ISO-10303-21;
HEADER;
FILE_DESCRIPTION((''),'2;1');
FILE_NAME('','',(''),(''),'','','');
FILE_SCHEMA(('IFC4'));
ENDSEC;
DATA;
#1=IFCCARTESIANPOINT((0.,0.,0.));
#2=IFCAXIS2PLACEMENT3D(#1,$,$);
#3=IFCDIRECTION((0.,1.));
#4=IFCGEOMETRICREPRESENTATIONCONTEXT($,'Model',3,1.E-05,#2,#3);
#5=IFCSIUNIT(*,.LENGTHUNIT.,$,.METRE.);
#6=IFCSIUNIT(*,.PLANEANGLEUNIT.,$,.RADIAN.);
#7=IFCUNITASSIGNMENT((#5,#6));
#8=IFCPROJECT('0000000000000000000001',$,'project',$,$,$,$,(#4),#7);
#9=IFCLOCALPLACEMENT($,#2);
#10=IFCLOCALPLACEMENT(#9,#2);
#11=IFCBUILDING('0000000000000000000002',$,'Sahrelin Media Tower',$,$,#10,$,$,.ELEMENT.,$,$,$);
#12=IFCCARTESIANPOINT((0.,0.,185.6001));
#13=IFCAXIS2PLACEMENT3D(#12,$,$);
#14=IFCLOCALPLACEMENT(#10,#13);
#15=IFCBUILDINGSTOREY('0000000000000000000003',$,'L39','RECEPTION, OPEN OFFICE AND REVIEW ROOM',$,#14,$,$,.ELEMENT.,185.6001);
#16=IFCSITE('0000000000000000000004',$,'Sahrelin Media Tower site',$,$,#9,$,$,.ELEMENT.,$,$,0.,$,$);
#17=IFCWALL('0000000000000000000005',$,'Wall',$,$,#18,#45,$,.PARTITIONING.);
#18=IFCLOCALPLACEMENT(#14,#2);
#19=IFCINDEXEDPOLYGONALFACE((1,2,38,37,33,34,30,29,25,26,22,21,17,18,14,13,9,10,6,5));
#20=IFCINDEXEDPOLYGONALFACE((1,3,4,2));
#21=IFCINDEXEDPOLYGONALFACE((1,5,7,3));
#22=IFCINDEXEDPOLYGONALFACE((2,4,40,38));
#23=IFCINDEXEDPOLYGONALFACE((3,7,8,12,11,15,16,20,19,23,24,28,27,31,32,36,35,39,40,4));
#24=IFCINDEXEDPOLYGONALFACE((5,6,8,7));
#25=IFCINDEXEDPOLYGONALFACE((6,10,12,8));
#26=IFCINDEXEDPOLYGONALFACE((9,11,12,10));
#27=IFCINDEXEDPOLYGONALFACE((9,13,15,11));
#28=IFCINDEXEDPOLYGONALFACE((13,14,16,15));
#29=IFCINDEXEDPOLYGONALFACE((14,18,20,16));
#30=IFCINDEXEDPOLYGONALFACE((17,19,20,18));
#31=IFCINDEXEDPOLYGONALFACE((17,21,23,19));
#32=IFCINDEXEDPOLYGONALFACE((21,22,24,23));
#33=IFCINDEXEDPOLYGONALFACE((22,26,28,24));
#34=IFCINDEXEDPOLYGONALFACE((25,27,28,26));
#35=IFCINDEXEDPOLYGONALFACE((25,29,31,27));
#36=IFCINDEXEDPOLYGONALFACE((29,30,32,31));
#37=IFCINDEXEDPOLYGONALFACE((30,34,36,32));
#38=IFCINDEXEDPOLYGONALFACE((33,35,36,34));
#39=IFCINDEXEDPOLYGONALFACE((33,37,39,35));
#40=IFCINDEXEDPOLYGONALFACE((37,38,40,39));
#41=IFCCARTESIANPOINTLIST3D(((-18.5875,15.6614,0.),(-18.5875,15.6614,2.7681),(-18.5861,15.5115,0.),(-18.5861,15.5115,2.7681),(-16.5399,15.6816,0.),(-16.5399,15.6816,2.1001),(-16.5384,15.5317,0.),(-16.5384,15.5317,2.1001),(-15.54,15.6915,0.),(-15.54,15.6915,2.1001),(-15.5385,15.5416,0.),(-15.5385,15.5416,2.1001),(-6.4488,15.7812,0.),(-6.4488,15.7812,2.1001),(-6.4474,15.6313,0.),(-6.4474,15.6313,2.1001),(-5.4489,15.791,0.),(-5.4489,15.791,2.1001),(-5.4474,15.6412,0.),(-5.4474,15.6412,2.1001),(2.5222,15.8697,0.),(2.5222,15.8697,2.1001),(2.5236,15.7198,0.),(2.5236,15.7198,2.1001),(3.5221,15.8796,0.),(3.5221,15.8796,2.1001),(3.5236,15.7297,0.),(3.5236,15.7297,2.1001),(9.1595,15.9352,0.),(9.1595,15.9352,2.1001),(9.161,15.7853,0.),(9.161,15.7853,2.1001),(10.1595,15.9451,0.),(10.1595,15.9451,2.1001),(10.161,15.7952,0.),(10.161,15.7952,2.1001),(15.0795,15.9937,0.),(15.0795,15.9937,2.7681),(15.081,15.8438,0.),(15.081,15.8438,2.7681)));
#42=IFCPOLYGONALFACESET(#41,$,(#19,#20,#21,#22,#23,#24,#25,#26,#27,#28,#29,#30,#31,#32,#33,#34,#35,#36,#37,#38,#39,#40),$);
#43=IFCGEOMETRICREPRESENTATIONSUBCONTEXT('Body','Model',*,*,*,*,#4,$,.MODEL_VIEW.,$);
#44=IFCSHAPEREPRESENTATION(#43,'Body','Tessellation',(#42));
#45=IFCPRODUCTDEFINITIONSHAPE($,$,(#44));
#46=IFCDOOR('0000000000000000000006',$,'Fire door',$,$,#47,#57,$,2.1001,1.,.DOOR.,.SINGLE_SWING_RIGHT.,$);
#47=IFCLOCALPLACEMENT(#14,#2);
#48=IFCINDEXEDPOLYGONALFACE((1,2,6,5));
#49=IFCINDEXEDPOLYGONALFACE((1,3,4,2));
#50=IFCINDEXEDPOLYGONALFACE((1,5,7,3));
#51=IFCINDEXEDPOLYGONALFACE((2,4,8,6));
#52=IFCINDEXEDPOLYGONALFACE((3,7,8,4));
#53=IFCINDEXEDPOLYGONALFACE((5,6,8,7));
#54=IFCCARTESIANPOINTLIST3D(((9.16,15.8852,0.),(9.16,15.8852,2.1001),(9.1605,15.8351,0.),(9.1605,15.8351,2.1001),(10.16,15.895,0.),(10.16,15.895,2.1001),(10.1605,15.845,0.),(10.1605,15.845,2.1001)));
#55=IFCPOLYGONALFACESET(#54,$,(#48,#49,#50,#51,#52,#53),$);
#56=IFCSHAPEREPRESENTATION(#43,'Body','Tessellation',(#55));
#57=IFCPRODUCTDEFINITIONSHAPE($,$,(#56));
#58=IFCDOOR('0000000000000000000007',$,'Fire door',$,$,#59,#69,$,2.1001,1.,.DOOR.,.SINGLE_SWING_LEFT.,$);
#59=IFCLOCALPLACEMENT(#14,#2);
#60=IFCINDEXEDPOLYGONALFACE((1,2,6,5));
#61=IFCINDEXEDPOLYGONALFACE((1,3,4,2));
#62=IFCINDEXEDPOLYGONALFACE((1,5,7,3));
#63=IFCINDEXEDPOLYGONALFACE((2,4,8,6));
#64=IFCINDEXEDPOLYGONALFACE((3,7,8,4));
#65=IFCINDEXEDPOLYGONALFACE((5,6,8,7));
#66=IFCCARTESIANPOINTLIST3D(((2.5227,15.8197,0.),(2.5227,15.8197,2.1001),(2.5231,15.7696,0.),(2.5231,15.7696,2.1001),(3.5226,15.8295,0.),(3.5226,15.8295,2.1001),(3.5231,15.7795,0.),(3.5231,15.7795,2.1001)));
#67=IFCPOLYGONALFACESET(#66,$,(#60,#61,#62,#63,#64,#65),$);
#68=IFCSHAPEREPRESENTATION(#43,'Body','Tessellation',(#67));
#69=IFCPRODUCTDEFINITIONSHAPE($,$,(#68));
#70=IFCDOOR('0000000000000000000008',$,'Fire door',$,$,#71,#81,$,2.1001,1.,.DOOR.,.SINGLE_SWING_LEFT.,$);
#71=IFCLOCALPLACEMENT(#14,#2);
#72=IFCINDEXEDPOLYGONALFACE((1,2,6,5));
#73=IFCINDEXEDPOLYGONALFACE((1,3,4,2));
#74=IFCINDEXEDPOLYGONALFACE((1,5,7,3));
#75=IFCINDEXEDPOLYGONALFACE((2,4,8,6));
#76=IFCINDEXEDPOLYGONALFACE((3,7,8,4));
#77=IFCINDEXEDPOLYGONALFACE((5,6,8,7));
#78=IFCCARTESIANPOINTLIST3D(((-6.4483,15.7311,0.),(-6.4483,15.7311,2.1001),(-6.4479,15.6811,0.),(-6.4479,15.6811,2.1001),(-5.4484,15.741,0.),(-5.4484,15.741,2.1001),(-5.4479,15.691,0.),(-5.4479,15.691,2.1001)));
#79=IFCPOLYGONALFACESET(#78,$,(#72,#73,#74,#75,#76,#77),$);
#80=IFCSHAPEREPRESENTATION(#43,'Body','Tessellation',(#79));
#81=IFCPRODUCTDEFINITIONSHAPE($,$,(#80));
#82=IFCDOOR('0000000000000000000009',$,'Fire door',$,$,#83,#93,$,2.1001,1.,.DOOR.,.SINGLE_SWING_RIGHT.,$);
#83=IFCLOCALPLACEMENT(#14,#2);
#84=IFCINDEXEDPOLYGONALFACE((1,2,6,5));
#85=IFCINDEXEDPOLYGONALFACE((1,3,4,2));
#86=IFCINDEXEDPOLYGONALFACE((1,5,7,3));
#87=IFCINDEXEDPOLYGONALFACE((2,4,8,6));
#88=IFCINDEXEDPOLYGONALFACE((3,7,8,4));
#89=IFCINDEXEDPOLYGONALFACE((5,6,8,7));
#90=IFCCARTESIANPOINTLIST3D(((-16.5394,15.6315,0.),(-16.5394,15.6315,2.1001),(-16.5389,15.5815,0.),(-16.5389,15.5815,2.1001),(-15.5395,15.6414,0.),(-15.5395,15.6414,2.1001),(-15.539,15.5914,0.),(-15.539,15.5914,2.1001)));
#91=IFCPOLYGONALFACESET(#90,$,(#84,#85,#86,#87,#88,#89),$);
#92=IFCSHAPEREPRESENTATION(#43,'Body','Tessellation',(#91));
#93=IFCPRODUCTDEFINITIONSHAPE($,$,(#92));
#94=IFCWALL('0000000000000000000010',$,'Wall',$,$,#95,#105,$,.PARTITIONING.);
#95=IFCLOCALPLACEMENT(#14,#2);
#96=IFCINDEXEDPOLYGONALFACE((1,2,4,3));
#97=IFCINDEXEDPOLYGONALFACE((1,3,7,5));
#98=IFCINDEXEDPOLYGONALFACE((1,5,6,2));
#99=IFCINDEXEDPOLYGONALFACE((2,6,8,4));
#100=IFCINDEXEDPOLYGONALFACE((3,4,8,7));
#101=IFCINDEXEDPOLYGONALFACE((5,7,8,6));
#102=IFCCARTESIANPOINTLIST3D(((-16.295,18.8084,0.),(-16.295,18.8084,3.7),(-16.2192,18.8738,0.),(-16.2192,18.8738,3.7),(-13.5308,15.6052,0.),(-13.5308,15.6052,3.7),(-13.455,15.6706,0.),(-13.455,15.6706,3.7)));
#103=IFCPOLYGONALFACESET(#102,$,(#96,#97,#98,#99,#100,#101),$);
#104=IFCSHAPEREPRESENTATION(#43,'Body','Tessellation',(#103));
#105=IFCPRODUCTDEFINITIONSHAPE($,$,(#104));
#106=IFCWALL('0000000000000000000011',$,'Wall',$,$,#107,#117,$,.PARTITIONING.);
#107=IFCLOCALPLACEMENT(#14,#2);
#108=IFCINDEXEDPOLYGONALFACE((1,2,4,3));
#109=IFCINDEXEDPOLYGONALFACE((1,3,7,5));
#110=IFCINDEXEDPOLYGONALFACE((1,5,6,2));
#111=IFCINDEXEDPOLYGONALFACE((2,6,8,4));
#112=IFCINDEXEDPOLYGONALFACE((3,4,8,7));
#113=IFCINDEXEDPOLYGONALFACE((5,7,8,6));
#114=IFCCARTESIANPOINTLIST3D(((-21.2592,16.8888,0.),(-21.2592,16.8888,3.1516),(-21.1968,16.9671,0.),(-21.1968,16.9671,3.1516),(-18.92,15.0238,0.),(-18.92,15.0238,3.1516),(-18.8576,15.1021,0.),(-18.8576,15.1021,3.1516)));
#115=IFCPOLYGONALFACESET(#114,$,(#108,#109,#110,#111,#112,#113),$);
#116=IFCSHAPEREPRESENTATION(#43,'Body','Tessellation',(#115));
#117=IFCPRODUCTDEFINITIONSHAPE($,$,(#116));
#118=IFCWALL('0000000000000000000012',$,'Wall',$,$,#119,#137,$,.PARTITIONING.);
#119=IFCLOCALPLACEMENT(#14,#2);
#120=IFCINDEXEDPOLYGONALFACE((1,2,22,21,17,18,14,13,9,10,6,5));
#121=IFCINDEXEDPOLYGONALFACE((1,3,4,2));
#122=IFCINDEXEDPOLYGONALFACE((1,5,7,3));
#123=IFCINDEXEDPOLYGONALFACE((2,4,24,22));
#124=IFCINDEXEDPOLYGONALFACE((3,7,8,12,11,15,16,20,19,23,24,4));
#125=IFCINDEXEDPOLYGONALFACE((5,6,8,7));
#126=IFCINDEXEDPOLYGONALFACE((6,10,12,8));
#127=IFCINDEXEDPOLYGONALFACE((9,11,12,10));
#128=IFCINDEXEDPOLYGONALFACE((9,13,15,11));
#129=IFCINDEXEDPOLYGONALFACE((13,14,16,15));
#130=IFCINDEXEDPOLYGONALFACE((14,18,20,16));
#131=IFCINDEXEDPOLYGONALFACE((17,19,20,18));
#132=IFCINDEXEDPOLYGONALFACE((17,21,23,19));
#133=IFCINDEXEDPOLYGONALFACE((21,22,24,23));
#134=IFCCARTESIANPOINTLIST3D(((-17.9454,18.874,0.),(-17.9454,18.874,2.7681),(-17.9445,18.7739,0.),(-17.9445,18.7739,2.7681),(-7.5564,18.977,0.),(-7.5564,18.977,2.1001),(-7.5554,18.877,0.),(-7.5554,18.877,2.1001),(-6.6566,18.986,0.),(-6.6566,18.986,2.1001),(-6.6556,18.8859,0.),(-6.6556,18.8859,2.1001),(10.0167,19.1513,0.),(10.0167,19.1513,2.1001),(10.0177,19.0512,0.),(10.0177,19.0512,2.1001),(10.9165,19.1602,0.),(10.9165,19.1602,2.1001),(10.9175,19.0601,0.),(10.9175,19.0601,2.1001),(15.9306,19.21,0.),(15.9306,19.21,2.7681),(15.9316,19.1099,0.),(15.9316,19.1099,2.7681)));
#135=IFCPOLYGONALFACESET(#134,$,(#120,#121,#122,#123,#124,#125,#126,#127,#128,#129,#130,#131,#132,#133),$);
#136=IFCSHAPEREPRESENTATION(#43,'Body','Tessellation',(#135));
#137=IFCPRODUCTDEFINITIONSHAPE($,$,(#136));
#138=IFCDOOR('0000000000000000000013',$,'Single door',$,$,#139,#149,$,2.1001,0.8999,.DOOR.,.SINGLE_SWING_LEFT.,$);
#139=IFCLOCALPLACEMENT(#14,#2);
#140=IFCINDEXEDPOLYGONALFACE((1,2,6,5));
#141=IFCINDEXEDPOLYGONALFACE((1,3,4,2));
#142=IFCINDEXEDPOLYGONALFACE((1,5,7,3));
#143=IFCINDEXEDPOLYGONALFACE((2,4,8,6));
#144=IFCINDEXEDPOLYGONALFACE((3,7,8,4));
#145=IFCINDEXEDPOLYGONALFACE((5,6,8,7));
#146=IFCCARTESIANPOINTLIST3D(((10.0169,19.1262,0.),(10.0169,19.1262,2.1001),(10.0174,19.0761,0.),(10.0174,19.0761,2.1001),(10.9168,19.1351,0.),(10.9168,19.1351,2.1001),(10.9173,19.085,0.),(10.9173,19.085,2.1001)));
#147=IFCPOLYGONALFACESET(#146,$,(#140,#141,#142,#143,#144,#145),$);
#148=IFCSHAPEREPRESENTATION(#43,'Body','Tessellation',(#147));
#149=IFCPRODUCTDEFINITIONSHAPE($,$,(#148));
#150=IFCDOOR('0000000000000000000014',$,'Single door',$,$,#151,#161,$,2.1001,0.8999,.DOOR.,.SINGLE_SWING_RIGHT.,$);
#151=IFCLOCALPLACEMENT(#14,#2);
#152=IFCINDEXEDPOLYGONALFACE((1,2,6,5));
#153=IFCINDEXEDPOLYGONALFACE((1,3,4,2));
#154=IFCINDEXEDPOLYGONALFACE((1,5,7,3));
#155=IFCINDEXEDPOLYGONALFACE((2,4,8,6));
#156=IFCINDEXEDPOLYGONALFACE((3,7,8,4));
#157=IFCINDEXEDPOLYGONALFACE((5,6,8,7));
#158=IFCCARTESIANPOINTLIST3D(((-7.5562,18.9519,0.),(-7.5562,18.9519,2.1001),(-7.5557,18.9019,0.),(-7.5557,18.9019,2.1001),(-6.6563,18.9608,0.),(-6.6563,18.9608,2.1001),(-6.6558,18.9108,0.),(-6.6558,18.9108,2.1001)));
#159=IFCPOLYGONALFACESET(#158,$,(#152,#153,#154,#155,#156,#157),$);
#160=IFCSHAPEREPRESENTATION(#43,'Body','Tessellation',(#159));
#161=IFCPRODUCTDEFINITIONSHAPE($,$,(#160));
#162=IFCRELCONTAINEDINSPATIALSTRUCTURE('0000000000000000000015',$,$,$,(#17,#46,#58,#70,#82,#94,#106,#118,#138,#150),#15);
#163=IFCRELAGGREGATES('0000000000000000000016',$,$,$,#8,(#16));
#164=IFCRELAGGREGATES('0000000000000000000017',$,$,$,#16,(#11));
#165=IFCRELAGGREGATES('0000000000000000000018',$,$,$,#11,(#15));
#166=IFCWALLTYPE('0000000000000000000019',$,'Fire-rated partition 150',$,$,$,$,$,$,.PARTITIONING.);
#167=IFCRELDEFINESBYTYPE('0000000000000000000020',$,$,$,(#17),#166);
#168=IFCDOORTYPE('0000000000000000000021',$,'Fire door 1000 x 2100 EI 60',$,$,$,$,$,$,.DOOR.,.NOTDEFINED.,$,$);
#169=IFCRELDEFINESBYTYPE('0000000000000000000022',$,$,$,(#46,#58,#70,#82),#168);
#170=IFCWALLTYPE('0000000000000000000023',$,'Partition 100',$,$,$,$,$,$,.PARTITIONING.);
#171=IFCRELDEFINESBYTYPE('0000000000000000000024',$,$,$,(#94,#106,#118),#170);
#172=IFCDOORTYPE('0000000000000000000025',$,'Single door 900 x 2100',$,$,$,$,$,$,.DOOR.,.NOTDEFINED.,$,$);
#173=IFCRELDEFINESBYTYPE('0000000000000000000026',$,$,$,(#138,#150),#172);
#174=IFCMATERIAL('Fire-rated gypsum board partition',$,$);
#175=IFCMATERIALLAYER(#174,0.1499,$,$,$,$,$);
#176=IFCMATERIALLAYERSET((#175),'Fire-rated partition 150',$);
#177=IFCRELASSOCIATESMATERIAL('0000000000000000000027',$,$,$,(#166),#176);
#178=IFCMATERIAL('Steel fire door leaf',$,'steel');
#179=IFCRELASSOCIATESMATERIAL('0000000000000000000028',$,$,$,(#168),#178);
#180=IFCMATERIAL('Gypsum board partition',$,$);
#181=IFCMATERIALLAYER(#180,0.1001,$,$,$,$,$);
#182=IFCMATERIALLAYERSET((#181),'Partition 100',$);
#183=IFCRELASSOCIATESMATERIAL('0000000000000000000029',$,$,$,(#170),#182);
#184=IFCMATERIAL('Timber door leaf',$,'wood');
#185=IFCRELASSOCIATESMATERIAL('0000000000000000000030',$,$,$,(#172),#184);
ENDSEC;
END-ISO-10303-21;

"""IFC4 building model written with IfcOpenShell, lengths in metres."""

from ifc_helpers import new_model, si_unit, direction, frame, frame_2d, origin, place, context, subcontext, project, spatial, rectangle, extrude, material, layer, layer_set, type_object, element, fill, save


model = new_model("IFC4")

# Units and contexts
model_context = context("Model", 3, precision=1e-05, world=origin(), true_north=direction((0.0, 1.0)))
body_context = subcontext(model_context, "Body", "Model", "MODEL_VIEW")
ifc_project = project(units=[si_unit("LENGTHUNIT", "METRE"), si_unit("PLANEANGLEUNIT", "RADIAN")], contexts=[model_context])

# Site, building, storey
site_placement = place(None, origin())
site = spatial("IfcSite", under=ifc_project, at=site_placement, Name="Sahrelin Media Tower site", CompositionType="ELEMENT", RefElevation=0.0)
building_placement = place(site_placement, origin())
building = spatial("IfcBuilding", under=site, at=building_placement, Name="Sahrelin Media Tower", CompositionType="ELEMENT")
storey_placement = place(building_placement, frame((0.0, 0.0, 185.6001)))
storey = spatial("IfcBuildingStorey", under=building, at=storey_placement, Name="L39", Description="RECEPTION, OPEN OFFICE AND REVIEW ROOM", CompositionType="ELEMENT", Elevation=185.6001)

# Shared definitions
ifc_material_1 = material(Name="Fire-rated gypsum board partition")
ifc_layer_1 = layer(ifc_material_1, 0.1499)
ifc_layer_set_1 = layer_set([ifc_layer_1], Name="Fire-rated partition 150")
wall_type_1 = type_object("IfcWallType", Name="Fire-rated partition 150", PredefinedType="PARTITIONING", material=ifc_layer_set_1)

# Wall, openings, doors
wall_1_placement = place(storey_placement, frame((-18.5869, 15.5864, 0.0), z_axis=(0.0, 0.0, 1.0), x_axis=(0.999951, 0.009869, 0.0)))
wall_1 = element("IfcWall", 1, at=wall_1_placement, inside=storey, type_object=wall_type_1, Name="Wall", PredefinedType="PARTITIONING", context=body_context, shape_type="SweptSolid", body=[
    extrude(rectangle(XDim=33.6687, YDim=0.1499, at=frame_2d((16.8345, 0.0))), origin(), (0.0, 0.0, 1.0), 2.7681),
])
opening_1_placement = place(wall_1_placement, frame((27.7485, 0.0, 0.0)))
opening_1 = element("IfcOpeningElement", 2, at=opening_1_placement, cuts=wall_1, PredefinedType="OPENING", context=body_context, shape_type="SweptSolid", body=[
    extrude(rectangle(XDim=1.0, YDim=2.1001, at=frame_2d((0.5, 1.05))), frame((0.0, 0.075, 0.0), z_axis=(0.0, -1.0, 0.0), x_axis=(1.0, 0.0, 0.0)), (0.0, 0.0, 1.0), 0.1499),
])
opening_2_placement = place(wall_1_placement, frame((21.1108, 0.0, 0.0)))
opening_2 = element("IfcOpeningElement", 3, at=opening_2_placement, cuts=wall_1, PredefinedType="OPENING", context=body_context, shape_type="SweptSolid", body=[
    extrude(rectangle(XDim=1.0, YDim=2.1001, at=frame_2d((0.5, 1.05))), frame((0.0, 0.075, 0.0), z_axis=(0.0, -1.0, 0.0), x_axis=(1.0, 0.0, 0.0)), (0.0, 0.0, 1.0), 0.1499),
])
opening_3_placement = place(wall_1_placement, frame((12.1394, 0.0, 0.0)))
opening_3 = element("IfcOpeningElement", 4, at=opening_3_placement, cuts=wall_1, PredefinedType="OPENING", context=body_context, shape_type="SweptSolid", body=[
    extrude(rectangle(XDim=1.0, YDim=2.1001, at=frame_2d((0.5, 1.05))), frame((0.0, 0.075, 0.0), z_axis=(0.0, -1.0, 0.0), x_axis=(1.0, 0.0, 0.0)), (0.0, 0.0, 1.0), 0.1499),
])
opening_4_placement = place(wall_1_placement, frame((2.0479, 0.0, 0.0)))
opening_4 = element("IfcOpeningElement", 5, at=opening_4_placement, cuts=wall_1, PredefinedType="OPENING", context=body_context, shape_type="SweptSolid", body=[
    extrude(rectangle(XDim=1.0, YDim=2.1001, at=frame_2d((0.5, 1.05))), frame((0.0, 0.075, 0.0), z_axis=(0.0, -1.0, 0.0), x_axis=(1.0, 0.0, 0.0)), (0.0, 0.0, 1.0), 0.1499),
])
ifc_material_2 = material(Name="Steel fire door leaf", Category="steel")
door_type_1 = type_object("IfcDoorType", Name="Fire door 1000 x 2100 EI 60", OperationType="NOTDEFINED", PredefinedType="DOOR", material=ifc_material_2)
door_1_placement = place(opening_1_placement, origin())
door_1 = element("IfcDoor", 6, at=door_1_placement, inside=storey, type_object=door_type_1, Name="Fire door", OperationType="SINGLE_SWING_RIGHT", OverallHeight=2.1001, OverallWidth=1.0, PredefinedType="DOOR", context=body_context, shape_type="SweptSolid", body=[
    extrude(rectangle(XDim=1.0, YDim=2.1001, at=frame_2d((0.5, 1.05))), frame((0.0, 0.0249, 0.0), z_axis=(0.0, -1.0, 0.0), x_axis=(1.0, 0.0, 0.0)), (0.0, 0.0, 1.0), 0.05),
])
fill(opening_1, door_1)
door_2_placement = place(opening_2_placement, origin())
door_2 = element("IfcDoor", 7, at=door_2_placement, inside=storey, type_object=door_type_1, Name="Fire door", OperationType="SINGLE_SWING_LEFT", OverallHeight=2.1001, OverallWidth=1.0, PredefinedType="DOOR", context=body_context, shape_type="SweptSolid", body=[
    extrude(rectangle(XDim=1.0, YDim=2.1001, at=frame_2d((0.5, 1.05))), frame((0.0, 0.0249, 0.0), z_axis=(0.0, -1.0, 0.0), x_axis=(1.0, 0.0, 0.0)), (0.0, 0.0, 1.0), 0.05),
])
fill(opening_2, door_2)
door_3_placement = place(opening_3_placement, origin())
door_3 = element("IfcDoor", 8, at=door_3_placement, inside=storey, type_object=door_type_1, Name="Fire door", OperationType="SINGLE_SWING_LEFT", OverallHeight=2.1001, OverallWidth=1.0, PredefinedType="DOOR", context=body_context, shape_type="SweptSolid", body=[
    extrude(rectangle(XDim=1.0, YDim=2.1001, at=frame_2d((0.5, 1.05))), frame((0.0, 0.0249, 0.0), z_axis=(0.0, -1.0, 0.0), x_axis=(1.0, 0.0, 0.0)), (0.0, 0.0, 1.0), 0.05),
])
fill(opening_3, door_3)
door_4_placement = place(opening_4_placement, origin())
door_4 = element("IfcDoor", 9, at=door_4_placement, inside=storey, type_object=door_type_1, Name="Fire door", OperationType="SINGLE_SWING_RIGHT", OverallHeight=2.1001, OverallWidth=1.0, PredefinedType="DOOR", context=body_context, shape_type="SweptSolid", body=[
    extrude(rectangle(XDim=1.0, YDim=2.1001, at=frame_2d((0.5, 1.05))), frame((0.0, 0.0249, 0.0), z_axis=(0.0, -1.0, 0.0), x_axis=(1.0, 0.0, 0.0)), (0.0, 0.0, 1.0), 0.05),
])
fill(opening_4, door_4)

# Walls
ifc_material_3 = material(Name="Gypsum board partition")
ifc_layer_2 = layer(ifc_material_3, 0.1001)
ifc_layer_set_2 = layer_set([ifc_layer_2], Name="Partition 100")
wall_type_2 = type_object("IfcWallType", Name="Partition 100", PredefinedType="PARTITIONING", material=ifc_layer_set_2)
wall_2_placement = place(storey_placement, frame((-16.2571, 18.8411, 0.0), z_axis=(0.0, 0.0, 1.0), x_axis=(0.653325, -0.757077, 0.0)))
element("IfcWall", 10, at=wall_2_placement, inside=storey, type_object=wall_type_2, Name="Wall", PredefinedType="PARTITIONING", context=body_context, shape_type="SweptSolid", body=[
    extrude(rectangle(XDim=4.231, YDim=0.1001, at=frame_2d((2.1155, 0.0))), origin(), (0.0, 0.0, 1.0), 3.7),
])
wall_3_placement = place(storey_placement, frame((-21.228, 16.928, 0.0), z_axis=(0.0, 0.0, 1.0), x_axis=(0.781895, -0.62341, 0.0)))
element("IfcWall", 11, at=wall_3_placement, inside=storey, type_object=wall_type_2, Name="Wall", PredefinedType="PARTITIONING", context=body_context, shape_type="SweptSolid", body=[
    extrude(rectangle(XDim=2.9917, YDim=0.1001, at=frame_2d((1.4958, 0.0))), origin(), (0.0, 0.0, 1.0), 3.1516),
])

# Wall, openings, doors
wall_4_placement = place(storey_placement, frame((-17.9451, 18.824, 0.0), z_axis=(0.0, 0.0, 1.0), x_axis=(0.999951, 0.009916, 0.0)))
wall_4 = element("IfcWall", 12, at=wall_4_placement, inside=storey, type_object=wall_type_2, Name="Wall", PredefinedType="PARTITIONING", context=body_context, shape_type="SweptSolid", body=[
    extrude(rectangle(XDim=33.8777, YDim=0.1001, at=frame_2d((16.939, 0.0))), origin(), (0.0, 0.0, 1.0), 2.7681),
])
opening_5_placement = place(wall_4_placement, frame((27.9636, 0.0, 0.0)))
opening_5 = element("IfcOpeningElement", 13, at=opening_5_placement, cuts=wall_4, PredefinedType="OPENING", context=body_context, shape_type="SweptSolid", body=[
    extrude(rectangle(XDim=0.8999, YDim=2.1001, at=frame_2d((0.45, 1.05))), frame((0.0, 0.05, 0.0), z_axis=(0.0, -1.0, 0.0), x_axis=(1.0, 0.0, 0.0)), (0.0, 0.0, 1.0), 0.1001),
])
opening_6_placement = place(wall_4_placement, frame((10.3896, 0.0, 0.0)))
opening_6 = element("IfcOpeningElement", 14, at=opening_6_placement, cuts=wall_4, PredefinedType="OPENING", context=body_context, shape_type="SweptSolid", body=[
    extrude(rectangle(XDim=0.8999, YDim=2.1001, at=frame_2d((0.45, 1.05))), frame((0.0, 0.05, 0.0), z_axis=(0.0, -1.0, 0.0), x_axis=(1.0, 0.0, 0.0)), (0.0, 0.0, 1.0), 0.1001),
])
ifc_material_4 = material(Name="Timber door leaf", Category="wood")
door_type_2 = type_object("IfcDoorType", Name="Single door 900 x 2100", OperationType="NOTDEFINED", PredefinedType="DOOR", material=ifc_material_4)
door_5_placement = place(opening_5_placement, origin())
door_5 = element("IfcDoor", 15, at=door_5_placement, inside=storey, type_object=door_type_2, Name="Single door", OperationType="SINGLE_SWING_LEFT", OverallHeight=2.1001, OverallWidth=0.8999, PredefinedType="DOOR", context=body_context, shape_type="SweptSolid", body=[
    extrude(rectangle(XDim=0.8999, YDim=2.1001, at=frame_2d((0.45, 1.05))), frame((0.0, 0.0249, 0.0), z_axis=(0.0, -1.0, 0.0), x_axis=(1.0, 0.0, 0.0)), (0.0, 0.0, 1.0), 0.05),
])
fill(opening_5, door_5)
door_6_placement = place(opening_6_placement, origin())
door_6 = element("IfcDoor", 16, at=door_6_placement, inside=storey, type_object=door_type_2, Name="Single door", OperationType="SINGLE_SWING_RIGHT", OverallHeight=2.1001, OverallWidth=0.8999, PredefinedType="DOOR", context=body_context, shape_type="SweptSolid", body=[
    extrude(rectangle(XDim=0.8999, YDim=2.1001, at=frame_2d((0.45, 1.05))), frame((0.0, 0.0249, 0.0), z_axis=(0.0, -1.0, 0.0), x_axis=(1.0, 0.0, 0.0)), (0.0, 0.0, 1.0), 0.05),
])
fill(opening_6, door_6)

save(model, "model.ifc")
